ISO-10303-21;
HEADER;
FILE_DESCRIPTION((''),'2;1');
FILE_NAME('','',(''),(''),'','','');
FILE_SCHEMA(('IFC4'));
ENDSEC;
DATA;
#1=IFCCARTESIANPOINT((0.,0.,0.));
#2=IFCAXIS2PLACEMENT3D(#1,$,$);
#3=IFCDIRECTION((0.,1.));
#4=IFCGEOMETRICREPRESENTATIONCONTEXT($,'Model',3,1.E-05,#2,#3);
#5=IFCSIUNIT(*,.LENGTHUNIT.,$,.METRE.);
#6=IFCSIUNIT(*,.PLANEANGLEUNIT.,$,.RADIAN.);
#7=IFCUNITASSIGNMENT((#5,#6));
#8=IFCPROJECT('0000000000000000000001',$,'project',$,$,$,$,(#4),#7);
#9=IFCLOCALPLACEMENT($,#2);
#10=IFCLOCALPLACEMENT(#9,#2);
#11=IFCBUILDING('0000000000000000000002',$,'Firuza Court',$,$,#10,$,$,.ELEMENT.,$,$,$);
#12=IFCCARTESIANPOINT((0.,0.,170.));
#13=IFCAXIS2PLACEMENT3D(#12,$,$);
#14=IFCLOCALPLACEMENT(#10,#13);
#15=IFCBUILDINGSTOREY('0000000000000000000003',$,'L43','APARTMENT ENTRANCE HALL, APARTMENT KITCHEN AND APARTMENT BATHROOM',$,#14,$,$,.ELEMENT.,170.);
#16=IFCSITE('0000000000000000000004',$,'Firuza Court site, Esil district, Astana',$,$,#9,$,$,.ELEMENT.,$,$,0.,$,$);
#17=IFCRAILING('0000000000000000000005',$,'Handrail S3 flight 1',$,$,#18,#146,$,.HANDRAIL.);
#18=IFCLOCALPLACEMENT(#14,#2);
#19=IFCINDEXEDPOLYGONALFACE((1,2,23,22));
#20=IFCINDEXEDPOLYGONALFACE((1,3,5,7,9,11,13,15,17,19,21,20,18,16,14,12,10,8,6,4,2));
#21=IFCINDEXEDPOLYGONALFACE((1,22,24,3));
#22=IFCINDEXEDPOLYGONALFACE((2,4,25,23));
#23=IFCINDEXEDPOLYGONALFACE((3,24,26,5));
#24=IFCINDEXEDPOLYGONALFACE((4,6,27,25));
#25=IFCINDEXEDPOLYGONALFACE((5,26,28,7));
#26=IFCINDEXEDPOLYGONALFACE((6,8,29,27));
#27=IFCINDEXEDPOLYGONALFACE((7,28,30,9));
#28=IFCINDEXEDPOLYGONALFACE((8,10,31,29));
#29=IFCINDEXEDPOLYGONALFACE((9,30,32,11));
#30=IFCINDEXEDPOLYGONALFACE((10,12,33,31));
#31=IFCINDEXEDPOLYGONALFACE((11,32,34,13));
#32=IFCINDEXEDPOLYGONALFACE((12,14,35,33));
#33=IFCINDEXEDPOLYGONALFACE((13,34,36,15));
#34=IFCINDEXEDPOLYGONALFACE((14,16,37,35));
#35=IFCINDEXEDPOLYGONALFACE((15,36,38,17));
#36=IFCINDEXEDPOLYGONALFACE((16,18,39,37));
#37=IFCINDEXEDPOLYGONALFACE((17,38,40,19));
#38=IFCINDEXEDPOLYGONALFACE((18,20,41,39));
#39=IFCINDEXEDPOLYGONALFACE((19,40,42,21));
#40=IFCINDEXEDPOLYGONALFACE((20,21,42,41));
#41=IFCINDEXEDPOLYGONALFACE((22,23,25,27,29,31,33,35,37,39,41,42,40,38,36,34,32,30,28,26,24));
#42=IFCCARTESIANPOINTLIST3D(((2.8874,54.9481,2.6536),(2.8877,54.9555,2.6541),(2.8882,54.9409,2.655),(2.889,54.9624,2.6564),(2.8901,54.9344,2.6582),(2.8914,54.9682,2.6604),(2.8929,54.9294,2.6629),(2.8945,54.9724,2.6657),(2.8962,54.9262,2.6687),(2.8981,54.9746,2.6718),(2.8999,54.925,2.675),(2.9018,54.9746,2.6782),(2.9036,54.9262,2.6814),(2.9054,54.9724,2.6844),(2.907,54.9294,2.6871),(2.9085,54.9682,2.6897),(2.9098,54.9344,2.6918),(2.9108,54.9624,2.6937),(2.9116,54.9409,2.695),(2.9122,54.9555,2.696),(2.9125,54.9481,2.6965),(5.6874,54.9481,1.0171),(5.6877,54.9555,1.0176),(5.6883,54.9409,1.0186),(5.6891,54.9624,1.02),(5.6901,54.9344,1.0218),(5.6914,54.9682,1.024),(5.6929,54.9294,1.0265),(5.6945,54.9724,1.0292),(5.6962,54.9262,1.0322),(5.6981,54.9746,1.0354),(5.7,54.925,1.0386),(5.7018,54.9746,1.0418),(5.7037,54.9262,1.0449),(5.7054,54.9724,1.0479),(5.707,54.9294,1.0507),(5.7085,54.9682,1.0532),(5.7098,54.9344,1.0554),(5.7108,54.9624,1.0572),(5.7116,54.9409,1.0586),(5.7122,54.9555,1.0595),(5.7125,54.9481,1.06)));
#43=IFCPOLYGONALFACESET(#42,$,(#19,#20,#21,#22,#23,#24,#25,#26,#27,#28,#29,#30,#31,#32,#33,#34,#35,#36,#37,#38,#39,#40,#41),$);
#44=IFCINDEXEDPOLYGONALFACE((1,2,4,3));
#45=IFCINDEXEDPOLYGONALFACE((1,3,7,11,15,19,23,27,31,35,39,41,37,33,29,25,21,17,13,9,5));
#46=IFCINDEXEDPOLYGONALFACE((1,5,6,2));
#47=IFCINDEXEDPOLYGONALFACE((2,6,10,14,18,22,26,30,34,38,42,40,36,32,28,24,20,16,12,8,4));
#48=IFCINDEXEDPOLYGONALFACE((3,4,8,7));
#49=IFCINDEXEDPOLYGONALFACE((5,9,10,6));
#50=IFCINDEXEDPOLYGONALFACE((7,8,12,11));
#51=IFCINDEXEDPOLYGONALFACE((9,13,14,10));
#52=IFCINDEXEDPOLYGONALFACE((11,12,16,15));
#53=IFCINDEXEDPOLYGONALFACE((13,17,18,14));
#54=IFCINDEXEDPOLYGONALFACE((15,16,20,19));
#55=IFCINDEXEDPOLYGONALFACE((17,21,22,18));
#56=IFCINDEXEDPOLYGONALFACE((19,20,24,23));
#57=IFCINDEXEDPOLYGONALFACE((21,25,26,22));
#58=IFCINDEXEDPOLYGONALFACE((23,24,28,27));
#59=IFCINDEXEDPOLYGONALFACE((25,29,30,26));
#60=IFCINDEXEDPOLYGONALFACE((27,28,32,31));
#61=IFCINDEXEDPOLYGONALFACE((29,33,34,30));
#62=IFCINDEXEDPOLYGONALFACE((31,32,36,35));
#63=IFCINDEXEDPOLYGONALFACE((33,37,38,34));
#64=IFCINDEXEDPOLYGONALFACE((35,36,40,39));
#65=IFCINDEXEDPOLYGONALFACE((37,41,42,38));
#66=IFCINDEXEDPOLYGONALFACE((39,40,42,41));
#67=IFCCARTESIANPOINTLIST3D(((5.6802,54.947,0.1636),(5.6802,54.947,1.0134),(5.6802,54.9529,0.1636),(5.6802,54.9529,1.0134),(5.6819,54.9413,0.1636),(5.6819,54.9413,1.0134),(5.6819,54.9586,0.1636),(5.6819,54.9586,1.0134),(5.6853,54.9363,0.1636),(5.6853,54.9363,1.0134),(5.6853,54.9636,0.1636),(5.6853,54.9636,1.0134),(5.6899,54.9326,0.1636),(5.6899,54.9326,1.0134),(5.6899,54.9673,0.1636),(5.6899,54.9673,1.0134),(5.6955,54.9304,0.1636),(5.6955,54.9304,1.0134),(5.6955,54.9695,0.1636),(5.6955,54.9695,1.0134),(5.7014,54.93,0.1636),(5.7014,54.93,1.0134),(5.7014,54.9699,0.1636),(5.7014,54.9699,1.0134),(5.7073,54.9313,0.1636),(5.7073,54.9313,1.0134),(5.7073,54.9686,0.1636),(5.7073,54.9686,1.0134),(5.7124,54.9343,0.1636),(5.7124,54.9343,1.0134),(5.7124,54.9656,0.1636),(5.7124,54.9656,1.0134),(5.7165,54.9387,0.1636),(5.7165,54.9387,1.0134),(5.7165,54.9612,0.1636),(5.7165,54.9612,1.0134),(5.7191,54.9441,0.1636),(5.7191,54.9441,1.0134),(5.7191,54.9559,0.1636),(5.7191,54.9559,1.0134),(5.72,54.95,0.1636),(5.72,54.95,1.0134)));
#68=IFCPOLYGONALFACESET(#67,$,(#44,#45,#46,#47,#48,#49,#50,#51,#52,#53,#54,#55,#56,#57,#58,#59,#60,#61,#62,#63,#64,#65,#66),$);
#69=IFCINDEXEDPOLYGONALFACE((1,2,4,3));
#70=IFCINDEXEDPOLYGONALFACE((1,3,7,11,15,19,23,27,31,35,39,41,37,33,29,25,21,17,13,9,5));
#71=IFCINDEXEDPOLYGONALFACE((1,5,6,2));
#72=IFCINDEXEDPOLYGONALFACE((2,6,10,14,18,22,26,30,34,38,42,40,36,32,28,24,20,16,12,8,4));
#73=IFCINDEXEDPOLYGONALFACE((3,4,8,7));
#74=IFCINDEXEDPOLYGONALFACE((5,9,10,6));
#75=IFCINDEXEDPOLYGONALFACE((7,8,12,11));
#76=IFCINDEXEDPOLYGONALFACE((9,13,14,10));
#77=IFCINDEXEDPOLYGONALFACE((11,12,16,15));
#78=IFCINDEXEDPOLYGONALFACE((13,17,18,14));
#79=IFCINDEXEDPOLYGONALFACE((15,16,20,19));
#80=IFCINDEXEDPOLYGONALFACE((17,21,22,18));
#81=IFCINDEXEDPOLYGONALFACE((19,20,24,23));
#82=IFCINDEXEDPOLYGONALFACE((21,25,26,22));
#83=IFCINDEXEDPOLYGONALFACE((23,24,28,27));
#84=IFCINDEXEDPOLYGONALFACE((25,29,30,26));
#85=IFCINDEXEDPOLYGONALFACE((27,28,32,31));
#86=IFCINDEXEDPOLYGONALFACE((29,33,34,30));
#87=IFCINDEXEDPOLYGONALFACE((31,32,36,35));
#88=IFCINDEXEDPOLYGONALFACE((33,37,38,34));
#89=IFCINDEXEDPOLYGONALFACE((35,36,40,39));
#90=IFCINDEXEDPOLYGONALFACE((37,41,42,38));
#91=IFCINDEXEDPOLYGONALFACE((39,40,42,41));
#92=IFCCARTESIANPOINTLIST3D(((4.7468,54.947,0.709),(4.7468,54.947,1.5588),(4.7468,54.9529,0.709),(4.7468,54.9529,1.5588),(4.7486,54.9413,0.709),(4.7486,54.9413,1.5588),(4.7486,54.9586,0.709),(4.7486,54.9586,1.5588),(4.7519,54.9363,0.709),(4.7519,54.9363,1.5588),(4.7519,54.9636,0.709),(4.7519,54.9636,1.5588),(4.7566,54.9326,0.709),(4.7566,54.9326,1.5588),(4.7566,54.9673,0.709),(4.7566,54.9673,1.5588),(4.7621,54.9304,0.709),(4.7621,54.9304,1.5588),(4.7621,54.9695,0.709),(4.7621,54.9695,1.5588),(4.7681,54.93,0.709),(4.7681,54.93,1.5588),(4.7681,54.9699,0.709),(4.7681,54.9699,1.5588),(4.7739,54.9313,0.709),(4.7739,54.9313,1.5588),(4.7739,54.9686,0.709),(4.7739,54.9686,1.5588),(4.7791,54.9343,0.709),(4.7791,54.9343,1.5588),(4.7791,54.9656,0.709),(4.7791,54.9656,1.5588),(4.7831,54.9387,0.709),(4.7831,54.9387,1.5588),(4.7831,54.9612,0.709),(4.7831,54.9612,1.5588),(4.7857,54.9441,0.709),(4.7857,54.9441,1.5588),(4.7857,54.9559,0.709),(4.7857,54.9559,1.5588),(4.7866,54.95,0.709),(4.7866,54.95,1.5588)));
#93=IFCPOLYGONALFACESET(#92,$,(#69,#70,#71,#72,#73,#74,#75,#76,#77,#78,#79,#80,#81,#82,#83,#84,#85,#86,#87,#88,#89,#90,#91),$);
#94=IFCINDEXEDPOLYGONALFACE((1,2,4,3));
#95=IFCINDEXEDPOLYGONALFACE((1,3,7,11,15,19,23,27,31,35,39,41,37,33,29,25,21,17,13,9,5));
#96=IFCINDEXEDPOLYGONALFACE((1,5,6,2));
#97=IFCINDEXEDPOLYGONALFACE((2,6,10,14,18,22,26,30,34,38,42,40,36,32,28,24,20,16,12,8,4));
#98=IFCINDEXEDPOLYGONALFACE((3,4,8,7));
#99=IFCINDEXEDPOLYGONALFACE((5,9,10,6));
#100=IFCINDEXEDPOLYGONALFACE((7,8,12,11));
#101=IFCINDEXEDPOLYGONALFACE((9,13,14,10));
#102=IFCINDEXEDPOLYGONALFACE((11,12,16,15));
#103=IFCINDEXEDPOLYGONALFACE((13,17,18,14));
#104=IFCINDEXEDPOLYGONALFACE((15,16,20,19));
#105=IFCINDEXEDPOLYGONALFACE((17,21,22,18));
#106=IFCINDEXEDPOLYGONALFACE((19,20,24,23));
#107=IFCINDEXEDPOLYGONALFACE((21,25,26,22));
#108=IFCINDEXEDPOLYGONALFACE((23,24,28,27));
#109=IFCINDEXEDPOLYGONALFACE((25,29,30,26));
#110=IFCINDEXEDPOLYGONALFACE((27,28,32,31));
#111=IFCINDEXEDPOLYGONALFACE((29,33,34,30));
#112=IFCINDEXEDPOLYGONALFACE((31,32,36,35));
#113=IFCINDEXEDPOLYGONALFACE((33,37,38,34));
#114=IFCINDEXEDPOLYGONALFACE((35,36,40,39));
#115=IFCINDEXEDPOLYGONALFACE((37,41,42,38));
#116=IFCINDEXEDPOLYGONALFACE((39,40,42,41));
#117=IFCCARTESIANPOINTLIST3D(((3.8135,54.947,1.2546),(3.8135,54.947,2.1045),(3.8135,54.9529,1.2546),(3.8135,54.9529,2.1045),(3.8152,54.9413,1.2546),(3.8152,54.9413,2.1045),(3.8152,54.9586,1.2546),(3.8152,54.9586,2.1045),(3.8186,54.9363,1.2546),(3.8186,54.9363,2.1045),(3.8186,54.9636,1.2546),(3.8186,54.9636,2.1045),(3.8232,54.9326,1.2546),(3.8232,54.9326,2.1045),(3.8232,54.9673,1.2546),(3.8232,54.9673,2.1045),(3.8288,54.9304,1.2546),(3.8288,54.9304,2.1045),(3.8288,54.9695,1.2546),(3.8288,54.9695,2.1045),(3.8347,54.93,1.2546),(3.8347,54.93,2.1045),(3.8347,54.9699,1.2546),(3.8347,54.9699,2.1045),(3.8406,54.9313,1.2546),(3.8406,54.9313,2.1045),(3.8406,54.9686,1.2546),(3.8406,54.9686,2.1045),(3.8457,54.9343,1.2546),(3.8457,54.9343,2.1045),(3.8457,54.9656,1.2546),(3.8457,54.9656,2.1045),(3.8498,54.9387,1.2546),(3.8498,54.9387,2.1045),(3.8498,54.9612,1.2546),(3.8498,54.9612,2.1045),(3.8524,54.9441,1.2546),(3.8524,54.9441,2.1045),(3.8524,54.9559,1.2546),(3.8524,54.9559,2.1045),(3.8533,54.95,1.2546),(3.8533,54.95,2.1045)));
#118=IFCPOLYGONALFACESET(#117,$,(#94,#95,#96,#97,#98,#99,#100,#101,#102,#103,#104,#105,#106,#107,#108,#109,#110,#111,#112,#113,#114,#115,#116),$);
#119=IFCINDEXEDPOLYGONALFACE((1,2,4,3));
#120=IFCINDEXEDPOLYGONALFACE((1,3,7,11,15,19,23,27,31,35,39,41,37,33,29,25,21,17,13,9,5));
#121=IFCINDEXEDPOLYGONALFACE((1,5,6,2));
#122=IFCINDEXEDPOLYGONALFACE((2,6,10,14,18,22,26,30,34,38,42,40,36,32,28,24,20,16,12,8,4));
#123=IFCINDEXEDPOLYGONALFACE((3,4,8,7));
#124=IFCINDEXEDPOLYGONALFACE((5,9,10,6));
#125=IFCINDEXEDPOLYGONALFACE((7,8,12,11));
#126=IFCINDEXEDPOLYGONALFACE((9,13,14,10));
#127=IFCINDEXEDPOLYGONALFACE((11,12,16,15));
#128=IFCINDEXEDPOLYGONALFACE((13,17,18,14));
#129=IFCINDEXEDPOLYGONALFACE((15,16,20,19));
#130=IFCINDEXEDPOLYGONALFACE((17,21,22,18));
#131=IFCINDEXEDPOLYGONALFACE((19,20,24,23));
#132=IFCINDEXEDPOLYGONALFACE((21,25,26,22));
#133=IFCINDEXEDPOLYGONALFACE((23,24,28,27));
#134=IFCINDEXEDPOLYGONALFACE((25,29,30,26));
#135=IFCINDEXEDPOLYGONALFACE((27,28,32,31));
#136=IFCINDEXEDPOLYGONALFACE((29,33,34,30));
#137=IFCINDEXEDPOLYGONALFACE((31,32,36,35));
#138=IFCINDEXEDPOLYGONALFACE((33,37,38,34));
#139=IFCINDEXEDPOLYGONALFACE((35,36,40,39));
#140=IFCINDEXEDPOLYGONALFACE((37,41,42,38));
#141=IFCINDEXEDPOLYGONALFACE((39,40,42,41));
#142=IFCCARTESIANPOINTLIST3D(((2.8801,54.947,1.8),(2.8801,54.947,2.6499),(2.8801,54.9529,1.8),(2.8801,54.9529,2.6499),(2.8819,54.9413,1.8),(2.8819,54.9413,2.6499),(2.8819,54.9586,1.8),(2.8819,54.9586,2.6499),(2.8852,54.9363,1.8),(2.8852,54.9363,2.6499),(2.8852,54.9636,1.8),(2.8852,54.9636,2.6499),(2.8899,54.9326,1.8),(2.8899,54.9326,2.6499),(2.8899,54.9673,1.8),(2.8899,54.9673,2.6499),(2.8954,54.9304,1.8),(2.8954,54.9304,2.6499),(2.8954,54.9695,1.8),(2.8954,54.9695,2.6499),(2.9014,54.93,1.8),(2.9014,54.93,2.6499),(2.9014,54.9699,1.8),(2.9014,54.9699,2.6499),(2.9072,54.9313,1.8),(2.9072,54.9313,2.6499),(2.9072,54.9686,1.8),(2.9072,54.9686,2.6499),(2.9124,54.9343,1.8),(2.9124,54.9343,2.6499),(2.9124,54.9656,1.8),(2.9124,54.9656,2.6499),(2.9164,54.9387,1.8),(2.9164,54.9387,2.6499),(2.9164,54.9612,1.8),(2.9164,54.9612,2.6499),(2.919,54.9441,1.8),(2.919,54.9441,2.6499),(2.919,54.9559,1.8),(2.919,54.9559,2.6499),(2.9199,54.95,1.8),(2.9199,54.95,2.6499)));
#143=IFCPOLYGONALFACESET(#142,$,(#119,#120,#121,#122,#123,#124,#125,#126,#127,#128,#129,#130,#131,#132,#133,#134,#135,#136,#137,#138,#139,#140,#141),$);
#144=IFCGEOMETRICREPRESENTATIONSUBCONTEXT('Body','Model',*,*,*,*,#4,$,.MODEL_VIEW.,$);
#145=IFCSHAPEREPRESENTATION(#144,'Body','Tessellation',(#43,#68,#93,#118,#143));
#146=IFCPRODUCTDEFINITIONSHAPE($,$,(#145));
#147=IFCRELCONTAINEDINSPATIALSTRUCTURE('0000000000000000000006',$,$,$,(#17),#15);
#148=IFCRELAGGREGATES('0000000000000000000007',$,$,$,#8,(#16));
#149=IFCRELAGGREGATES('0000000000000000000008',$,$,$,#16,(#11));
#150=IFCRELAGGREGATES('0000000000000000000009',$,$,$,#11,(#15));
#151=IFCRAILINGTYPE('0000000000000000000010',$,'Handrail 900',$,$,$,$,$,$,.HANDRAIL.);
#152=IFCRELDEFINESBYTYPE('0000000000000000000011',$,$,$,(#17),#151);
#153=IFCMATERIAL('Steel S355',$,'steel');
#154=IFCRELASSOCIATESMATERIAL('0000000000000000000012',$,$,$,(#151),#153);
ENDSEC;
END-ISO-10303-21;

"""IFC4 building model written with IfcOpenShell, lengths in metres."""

from ifc_helpers import new_model, si_unit, direction, frame, origin, origin_2d, place, context, subcontext, project, spatial, circle, extrude, material, type_object, element, save


model = new_model("IFC4")

# Units and contexts
model_context = context("Model", 3, precision=1e-05, world=origin(), true_north=direction((0.0, 1.0)))
body_context = subcontext(model_context, "Body", "Model", "MODEL_VIEW")
ifc_project = project(units=[si_unit("LENGTHUNIT", "METRE"), si_unit("PLANEANGLEUNIT", "RADIAN")], contexts=[model_context])

# Site, building, storey
site_placement = place(None, origin())
site = spatial("IfcSite", under=ifc_project, at=site_placement, Name="Firuza Court site, Esil district, Astana", CompositionType="ELEMENT", RefElevation=0.0)
building_placement = place(site_placement, origin())
building = spatial("IfcBuilding", under=site, at=building_placement, Name="Firuza Court", CompositionType="ELEMENT")
storey_placement = place(building_placement, frame((0.0, 0.0, 170.0)))
storey = spatial("IfcBuildingStorey", under=building, at=storey_placement, Name="L43", Description="APARTMENT ENTRANCE HALL, APARTMENT KITCHEN AND APARTMENT BATHROOM", CompositionType="ELEMENT", Elevation=170.0)

# Railing
ifc_material_1 = material(Name="Steel S355", Category="steel")
railing_type = type_object("IfcRailingType", Name="Handrail 900", PredefinedType="HANDRAIL", material=ifc_material_1)
railing_1_placement = place(storey_placement, frame((5.7, 54.95, 0.1636)))
element("IfcRailing", 1, at=railing_1_placement, inside=storey, type_object=railing_type, Name="Handrail S3 flight 1", PredefinedType="HANDRAIL", context=body_context, shape_type="SweptSolid", body=[
    extrude(circle(Radius=0.0249, at=origin_2d()), frame((0.0, 0.0, 0.875), z_axis=(-0.863361, 0.0, 0.504587), x_axis=(0.0, -1.0, 0.0)), (0.0, 0.0, 1.0), 3.2432),
    extrude(circle(Radius=0.02, at=origin_2d()), origin(), (0.0, 0.0, 1.0), 0.8499),
    extrude(circle(Radius=0.02, at=origin_2d()), frame((-0.9333, 0.0, 0.5454)), (0.0, 0.0, 1.0), 0.8499),
    extrude(circle(Radius=0.02, at=origin_2d()), frame((-1.8667, 0.0, 1.0911)), (0.0, 0.0, 1.0), 0.8499),
    extrude(circle(Radius=0.02, at=origin_2d()), frame((-2.8, 0.0, 1.6365)), (0.0, 0.0, 1.0), 0.8499),
])

save(model, "model.ifc")
